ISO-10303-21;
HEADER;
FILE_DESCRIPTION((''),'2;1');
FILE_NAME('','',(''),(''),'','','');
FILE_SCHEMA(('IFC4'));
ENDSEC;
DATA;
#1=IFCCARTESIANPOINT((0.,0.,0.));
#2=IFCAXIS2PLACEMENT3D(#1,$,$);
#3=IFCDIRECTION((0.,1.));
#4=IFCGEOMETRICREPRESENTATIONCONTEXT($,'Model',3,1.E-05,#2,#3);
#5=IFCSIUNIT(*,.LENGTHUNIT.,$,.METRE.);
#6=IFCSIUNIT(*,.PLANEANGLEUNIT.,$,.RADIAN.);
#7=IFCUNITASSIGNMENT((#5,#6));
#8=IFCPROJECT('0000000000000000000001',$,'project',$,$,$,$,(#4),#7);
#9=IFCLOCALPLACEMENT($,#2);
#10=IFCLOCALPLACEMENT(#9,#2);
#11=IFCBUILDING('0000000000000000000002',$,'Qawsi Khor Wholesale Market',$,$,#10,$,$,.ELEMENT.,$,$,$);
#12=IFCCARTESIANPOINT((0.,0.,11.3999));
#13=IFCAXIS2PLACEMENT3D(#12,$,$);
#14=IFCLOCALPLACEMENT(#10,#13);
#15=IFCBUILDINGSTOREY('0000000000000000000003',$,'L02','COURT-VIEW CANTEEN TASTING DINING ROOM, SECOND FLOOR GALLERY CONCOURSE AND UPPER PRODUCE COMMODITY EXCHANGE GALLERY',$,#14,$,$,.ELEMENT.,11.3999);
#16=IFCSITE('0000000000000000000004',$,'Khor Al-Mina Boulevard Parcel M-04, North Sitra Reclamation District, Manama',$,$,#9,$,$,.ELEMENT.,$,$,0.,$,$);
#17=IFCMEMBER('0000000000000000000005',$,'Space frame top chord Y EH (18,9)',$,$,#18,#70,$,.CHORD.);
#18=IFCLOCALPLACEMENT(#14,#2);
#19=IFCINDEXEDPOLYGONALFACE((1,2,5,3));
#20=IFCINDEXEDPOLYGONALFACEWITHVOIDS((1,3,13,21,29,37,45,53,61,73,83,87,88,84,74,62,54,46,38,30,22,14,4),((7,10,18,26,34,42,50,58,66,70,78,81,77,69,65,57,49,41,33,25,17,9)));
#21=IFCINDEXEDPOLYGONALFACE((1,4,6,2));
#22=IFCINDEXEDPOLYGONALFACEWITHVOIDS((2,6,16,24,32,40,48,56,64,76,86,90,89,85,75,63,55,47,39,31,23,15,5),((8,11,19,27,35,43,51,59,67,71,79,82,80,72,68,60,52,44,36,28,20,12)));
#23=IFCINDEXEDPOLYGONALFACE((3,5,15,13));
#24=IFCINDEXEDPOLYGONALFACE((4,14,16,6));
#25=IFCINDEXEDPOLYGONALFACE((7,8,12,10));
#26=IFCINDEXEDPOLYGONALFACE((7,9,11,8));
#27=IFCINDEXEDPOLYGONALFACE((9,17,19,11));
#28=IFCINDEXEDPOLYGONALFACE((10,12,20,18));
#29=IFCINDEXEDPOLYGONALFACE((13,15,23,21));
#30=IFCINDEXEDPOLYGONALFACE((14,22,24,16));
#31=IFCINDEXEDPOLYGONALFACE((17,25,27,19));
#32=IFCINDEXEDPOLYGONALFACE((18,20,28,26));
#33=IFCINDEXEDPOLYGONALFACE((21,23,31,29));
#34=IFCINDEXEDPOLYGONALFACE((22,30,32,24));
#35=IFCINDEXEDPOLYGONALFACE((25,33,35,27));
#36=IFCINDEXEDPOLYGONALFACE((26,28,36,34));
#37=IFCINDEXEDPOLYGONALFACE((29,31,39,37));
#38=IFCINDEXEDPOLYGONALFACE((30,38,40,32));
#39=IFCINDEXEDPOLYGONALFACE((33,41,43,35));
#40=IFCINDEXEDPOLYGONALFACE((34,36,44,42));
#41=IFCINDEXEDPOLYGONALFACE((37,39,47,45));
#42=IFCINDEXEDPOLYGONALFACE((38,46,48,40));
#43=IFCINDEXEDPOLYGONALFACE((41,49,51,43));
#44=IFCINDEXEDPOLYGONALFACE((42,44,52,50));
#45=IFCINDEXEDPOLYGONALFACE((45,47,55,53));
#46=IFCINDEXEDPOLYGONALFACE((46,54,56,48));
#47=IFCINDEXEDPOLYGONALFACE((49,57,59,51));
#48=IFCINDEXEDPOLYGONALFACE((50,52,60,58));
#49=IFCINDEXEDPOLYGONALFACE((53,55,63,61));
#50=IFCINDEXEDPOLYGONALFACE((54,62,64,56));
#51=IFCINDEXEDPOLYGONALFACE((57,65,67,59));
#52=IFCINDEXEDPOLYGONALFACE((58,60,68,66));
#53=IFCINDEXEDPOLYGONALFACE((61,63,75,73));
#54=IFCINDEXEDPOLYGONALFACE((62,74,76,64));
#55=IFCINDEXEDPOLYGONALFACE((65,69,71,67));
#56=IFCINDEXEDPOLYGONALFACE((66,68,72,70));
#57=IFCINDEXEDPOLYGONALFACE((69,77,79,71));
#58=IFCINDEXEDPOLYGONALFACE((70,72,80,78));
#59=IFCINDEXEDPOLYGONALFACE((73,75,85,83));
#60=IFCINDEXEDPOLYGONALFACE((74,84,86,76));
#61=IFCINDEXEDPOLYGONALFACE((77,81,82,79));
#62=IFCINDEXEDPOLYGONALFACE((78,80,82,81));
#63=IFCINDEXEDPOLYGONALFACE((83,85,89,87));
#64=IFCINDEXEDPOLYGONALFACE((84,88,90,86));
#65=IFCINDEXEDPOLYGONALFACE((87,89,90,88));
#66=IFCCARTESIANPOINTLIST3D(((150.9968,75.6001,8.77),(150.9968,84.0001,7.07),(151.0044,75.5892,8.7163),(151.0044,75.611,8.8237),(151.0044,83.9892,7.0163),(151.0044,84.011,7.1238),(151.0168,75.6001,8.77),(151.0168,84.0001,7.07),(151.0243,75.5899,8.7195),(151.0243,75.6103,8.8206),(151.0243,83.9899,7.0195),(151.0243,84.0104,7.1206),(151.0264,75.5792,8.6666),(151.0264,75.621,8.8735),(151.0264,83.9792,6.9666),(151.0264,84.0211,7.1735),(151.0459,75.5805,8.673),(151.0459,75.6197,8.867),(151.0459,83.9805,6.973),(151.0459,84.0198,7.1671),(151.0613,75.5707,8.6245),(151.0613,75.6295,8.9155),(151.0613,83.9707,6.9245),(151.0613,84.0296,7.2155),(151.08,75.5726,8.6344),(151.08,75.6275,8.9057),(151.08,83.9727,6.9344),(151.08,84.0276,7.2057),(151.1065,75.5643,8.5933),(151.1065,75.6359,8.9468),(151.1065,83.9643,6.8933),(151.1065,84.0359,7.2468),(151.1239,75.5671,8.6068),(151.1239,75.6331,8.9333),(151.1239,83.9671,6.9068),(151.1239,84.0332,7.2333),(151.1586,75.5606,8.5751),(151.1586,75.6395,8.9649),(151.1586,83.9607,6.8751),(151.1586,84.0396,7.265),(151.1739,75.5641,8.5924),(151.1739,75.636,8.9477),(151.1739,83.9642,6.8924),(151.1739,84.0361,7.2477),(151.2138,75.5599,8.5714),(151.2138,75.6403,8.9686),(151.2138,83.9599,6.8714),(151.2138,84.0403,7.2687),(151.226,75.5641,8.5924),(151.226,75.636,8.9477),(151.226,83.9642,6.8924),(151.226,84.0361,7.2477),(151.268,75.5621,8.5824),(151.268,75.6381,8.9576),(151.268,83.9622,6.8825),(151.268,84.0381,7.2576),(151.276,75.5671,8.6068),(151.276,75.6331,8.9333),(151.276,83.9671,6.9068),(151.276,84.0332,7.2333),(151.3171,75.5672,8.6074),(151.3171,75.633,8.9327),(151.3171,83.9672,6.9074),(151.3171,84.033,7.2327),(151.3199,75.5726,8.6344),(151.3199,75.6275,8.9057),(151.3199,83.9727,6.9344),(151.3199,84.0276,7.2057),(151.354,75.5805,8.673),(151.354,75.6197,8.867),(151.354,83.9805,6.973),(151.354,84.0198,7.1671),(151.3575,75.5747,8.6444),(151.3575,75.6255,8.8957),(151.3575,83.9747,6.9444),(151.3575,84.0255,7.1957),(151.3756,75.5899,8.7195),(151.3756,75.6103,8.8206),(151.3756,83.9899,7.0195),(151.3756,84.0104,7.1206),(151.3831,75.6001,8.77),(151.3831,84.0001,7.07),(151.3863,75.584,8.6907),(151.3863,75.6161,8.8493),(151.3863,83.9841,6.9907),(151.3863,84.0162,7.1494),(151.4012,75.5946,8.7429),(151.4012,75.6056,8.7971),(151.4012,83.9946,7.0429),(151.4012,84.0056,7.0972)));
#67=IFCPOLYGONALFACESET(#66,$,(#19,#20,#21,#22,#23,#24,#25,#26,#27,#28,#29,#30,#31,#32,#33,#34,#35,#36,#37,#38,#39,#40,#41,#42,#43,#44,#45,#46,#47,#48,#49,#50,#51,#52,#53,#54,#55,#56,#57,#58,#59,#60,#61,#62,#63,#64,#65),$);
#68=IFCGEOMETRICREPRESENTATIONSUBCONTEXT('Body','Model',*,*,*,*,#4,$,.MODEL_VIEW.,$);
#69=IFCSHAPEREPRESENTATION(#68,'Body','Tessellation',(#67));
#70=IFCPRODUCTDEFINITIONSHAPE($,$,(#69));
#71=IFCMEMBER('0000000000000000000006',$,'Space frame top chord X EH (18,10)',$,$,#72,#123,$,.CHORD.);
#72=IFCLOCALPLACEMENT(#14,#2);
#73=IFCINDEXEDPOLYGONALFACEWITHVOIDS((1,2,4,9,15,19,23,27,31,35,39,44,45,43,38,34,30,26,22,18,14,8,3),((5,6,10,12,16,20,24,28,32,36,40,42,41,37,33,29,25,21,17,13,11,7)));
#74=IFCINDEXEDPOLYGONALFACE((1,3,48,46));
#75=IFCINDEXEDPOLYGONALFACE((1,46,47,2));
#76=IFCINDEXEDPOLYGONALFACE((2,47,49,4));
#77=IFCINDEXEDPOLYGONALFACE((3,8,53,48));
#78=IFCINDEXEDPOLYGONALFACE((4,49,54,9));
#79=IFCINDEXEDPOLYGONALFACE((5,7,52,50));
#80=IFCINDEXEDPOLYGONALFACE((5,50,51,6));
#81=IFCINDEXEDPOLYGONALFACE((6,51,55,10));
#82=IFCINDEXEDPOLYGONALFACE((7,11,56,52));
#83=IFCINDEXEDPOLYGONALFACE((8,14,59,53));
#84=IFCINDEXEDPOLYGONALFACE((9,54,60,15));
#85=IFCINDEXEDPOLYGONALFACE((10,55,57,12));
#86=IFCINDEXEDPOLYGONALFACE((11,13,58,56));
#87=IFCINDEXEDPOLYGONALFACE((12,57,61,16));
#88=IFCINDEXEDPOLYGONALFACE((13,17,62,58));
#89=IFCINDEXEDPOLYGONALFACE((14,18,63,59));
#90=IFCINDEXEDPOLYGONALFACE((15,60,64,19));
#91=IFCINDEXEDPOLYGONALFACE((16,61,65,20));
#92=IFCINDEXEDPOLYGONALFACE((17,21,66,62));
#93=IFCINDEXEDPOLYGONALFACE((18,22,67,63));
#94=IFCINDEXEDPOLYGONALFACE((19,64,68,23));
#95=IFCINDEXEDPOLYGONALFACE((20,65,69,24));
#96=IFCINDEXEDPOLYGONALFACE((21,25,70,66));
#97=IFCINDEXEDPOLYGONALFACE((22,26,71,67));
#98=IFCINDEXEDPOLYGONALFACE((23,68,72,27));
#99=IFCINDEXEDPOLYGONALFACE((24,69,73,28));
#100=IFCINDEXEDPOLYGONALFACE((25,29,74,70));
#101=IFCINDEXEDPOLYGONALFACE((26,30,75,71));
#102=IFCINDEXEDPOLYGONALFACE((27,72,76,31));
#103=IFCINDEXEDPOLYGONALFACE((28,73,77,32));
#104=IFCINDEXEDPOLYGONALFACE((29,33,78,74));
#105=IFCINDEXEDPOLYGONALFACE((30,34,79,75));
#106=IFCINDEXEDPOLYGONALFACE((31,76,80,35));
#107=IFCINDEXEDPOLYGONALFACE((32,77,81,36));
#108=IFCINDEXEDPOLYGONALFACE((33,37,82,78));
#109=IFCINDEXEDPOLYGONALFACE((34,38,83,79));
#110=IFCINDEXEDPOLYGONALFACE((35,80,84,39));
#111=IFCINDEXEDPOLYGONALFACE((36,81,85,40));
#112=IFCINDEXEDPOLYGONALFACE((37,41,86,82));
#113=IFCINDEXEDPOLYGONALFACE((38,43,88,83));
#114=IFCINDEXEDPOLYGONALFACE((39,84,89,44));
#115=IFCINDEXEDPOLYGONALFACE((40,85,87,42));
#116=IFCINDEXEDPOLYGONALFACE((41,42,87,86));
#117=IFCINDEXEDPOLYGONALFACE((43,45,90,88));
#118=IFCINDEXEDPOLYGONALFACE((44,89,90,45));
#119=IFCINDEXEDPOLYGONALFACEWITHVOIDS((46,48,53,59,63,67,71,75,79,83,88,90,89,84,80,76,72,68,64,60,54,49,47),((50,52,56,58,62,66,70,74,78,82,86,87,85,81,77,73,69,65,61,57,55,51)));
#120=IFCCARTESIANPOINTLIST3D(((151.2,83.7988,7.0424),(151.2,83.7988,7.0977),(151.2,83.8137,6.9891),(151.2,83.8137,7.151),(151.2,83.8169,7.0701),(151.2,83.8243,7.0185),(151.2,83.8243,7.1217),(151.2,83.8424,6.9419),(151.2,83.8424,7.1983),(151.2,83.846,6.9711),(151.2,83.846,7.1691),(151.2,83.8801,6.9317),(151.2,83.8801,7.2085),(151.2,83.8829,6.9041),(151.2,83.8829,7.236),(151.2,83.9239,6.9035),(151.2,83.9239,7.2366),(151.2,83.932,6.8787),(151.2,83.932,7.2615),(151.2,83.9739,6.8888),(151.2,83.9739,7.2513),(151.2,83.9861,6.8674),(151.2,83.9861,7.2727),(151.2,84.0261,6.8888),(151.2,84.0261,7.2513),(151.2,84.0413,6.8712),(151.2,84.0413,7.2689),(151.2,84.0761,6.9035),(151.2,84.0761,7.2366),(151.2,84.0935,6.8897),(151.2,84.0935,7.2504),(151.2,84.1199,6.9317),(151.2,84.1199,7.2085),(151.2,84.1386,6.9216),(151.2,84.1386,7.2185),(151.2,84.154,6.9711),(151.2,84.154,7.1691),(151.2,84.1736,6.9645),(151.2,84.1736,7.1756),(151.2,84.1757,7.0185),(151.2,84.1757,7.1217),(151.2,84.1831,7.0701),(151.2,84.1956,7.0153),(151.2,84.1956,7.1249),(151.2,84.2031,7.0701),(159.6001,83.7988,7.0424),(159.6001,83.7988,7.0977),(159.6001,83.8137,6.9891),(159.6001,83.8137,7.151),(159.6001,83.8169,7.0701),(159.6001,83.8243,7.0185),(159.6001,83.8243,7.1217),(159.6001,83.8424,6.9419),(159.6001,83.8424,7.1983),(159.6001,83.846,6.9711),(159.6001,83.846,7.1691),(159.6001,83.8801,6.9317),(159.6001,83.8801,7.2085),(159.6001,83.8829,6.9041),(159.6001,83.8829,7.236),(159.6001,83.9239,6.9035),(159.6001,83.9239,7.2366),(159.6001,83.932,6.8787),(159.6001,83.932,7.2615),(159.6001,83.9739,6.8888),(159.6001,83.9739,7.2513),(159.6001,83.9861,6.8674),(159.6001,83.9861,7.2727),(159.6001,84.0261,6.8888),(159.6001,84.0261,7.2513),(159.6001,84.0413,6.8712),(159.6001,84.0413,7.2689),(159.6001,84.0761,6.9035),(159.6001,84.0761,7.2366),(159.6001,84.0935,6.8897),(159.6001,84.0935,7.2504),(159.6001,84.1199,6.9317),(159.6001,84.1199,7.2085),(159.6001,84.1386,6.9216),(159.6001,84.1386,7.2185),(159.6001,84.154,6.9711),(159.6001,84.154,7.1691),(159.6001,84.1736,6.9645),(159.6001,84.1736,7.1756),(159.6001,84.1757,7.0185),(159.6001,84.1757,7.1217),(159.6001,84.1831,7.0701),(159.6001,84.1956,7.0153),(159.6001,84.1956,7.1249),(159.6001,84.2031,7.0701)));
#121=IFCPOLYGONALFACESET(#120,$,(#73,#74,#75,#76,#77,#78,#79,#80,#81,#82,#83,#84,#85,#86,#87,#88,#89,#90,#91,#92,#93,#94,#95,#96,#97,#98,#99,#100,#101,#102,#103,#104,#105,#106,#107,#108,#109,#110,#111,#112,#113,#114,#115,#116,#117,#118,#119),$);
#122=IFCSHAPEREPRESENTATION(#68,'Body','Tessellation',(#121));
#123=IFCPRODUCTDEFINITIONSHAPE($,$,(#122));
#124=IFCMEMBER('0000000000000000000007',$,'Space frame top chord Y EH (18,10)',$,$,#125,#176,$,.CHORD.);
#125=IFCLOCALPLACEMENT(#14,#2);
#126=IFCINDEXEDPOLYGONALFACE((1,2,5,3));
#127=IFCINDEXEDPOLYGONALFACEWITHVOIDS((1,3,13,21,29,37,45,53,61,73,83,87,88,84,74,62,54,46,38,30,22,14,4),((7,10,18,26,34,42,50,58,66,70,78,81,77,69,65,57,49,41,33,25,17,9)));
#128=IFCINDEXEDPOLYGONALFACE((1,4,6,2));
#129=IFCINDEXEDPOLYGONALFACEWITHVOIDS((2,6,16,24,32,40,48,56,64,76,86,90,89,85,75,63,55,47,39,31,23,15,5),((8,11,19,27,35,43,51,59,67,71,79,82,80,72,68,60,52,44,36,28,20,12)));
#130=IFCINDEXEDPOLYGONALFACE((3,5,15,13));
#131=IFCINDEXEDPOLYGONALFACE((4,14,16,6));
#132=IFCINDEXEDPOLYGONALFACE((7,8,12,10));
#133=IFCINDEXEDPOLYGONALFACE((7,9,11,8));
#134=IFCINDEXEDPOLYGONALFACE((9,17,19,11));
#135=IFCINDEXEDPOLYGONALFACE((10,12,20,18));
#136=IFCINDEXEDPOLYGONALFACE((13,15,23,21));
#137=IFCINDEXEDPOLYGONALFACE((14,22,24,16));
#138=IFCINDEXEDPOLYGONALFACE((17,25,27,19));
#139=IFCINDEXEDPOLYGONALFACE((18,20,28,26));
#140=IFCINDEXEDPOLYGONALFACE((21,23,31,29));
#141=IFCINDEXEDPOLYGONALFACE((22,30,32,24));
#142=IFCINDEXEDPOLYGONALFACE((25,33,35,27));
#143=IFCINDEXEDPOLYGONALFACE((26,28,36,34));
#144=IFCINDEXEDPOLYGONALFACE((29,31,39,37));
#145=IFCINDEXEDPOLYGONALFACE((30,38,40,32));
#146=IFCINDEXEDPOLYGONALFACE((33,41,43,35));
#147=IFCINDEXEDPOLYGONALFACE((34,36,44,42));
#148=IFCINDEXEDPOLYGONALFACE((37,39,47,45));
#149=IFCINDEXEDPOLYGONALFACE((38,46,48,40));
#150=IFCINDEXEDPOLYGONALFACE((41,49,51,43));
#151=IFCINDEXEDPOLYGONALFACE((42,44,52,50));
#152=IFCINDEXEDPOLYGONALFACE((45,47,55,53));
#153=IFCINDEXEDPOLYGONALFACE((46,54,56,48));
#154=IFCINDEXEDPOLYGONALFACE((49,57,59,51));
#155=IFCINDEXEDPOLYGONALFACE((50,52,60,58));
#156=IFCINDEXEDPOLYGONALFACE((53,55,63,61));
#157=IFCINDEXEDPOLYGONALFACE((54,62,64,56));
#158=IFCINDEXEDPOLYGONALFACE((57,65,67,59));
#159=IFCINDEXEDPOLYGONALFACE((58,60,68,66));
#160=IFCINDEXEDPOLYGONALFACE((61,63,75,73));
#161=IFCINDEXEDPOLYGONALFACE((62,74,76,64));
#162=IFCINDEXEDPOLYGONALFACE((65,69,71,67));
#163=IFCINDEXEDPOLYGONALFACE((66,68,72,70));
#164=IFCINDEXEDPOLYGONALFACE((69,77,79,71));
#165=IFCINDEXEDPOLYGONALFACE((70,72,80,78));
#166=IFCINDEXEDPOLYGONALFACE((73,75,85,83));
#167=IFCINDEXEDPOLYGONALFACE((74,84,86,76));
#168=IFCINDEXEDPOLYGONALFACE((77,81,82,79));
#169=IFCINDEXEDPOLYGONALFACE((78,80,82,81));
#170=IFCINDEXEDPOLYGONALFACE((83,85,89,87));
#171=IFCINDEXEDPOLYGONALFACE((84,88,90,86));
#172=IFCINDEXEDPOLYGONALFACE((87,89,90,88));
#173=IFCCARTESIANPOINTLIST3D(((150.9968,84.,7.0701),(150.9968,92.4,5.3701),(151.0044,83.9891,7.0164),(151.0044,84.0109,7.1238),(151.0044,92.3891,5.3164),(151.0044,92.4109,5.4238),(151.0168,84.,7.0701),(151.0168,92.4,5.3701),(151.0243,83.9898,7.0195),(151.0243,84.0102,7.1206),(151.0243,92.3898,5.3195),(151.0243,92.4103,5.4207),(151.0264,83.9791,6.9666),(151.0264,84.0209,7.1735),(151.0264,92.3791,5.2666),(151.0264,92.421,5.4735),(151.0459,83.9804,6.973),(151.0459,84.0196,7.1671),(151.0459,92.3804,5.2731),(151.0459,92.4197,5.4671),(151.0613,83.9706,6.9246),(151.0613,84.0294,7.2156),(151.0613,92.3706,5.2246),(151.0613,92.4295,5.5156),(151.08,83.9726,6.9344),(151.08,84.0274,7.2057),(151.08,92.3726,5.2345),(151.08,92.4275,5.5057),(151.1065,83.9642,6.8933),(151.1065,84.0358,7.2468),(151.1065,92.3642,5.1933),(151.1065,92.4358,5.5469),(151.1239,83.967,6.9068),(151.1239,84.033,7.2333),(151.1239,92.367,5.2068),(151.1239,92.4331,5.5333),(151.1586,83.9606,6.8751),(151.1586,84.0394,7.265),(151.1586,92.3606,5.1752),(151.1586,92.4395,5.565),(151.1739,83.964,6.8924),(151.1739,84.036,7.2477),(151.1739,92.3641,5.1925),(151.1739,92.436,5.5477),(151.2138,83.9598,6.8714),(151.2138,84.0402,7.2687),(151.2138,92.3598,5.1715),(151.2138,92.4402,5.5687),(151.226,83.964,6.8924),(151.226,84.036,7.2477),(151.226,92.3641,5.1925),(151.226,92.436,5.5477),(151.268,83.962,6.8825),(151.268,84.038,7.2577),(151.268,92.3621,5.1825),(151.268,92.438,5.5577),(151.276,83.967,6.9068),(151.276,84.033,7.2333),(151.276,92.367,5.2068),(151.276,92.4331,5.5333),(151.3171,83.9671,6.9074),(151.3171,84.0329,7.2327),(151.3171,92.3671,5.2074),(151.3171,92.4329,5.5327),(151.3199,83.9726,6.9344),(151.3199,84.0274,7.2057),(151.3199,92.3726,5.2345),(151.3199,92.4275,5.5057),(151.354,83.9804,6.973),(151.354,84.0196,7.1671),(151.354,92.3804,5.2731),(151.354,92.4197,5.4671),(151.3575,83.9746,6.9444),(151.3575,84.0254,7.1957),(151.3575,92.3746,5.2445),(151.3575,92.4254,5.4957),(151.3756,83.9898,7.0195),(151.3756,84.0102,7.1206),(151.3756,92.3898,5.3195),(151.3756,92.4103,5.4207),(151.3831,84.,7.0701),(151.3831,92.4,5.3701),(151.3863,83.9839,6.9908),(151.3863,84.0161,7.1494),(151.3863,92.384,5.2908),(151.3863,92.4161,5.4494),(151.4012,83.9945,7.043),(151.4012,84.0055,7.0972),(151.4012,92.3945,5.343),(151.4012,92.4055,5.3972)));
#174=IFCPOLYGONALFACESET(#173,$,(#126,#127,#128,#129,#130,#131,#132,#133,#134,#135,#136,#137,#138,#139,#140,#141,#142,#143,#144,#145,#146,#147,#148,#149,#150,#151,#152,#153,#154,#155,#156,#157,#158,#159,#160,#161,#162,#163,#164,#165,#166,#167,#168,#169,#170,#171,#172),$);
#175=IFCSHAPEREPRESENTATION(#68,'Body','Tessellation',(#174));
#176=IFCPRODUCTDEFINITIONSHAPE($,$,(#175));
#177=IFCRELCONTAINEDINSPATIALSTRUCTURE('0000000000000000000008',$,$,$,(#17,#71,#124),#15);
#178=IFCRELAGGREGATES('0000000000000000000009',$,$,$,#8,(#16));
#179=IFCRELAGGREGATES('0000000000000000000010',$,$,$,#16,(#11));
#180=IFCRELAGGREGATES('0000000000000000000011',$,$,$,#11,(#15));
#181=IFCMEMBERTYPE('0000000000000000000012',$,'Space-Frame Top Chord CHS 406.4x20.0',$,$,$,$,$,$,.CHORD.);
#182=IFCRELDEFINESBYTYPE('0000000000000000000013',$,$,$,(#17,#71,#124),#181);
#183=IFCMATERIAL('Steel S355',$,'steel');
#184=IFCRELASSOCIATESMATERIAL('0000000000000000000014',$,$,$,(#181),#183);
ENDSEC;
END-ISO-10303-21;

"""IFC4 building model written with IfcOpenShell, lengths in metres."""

from ifc_helpers import new_model, si_unit, direction, frame, origin, origin_2d, place, context, subcontext, project, spatial, hollow_circle, extrude, material, material_profile, profile_set, type_object, element, save


model = new_model("IFC4")

# Units and contexts
model_context = context("Model", 3, precision=1e-05, world=origin(), true_north=direction((0.0, 1.0)))
body_context = subcontext(model_context, "Body", "Model", "MODEL_VIEW")
ifc_project = project(units=[si_unit("LENGTHUNIT", "METRE"), si_unit("PLANEANGLEUNIT", "RADIAN")], contexts=[model_context])

# Site, building, storey
site_placement = place(None, origin())
site = spatial("IfcSite", under=ifc_project, at=site_placement, Name="Khor Al-Mina Boulevard Parcel M-04, North Sitra Reclamation District, Manama", CompositionType="ELEMENT", RefElevation=0.0)
building_placement = place(site_placement, origin())
building = spatial("IfcBuilding", under=site, at=building_placement, Name="Qawsi Khor Wholesale Market", CompositionType="ELEMENT")
storey_placement = place(building_placement, frame((0.0, 0.0, 11.3999)))
storey = spatial("IfcBuildingStorey", under=building, at=storey_placement, Name="L02", Description="COURT-VIEW CANTEEN TASTING DINING ROOM, SECOND FLOOR GALLERY CONCOURSE AND UPPER PRODUCE COMMODITY EXCHANGE GALLERY", CompositionType="ELEMENT", Elevation=11.3999)

# Members
ifc_material_1 = material(Name="Steel S355", Category="steel")
ifc_material_profile_1 = material_profile(ifc_material_1, hollow_circle(Radius=0.2031, WallThickness=0.02, at=origin_2d()), Name="CHS 406.4x20.0")
ifc_profile_set_1 = profile_set([ifc_material_profile_1], Name="Steel S355")
member_type_1 = type_object("IfcMemberType", Name="Space-Frame Top Chord CHS 406.4x20.0", PredefinedType="CHORD", material=ifc_profile_set_1)
member_1_placement = place(storey_placement, frame((151.2, 75.6001, 8.77), z_axis=(0.0, 0.98013, -0.198356), x_axis=(-1.0, 0.0, 0.0)))
element("IfcMember", 1, at=member_1_placement, inside=storey, type_object=member_type_1, Name="Space frame top chord Y EH (18,9)", PredefinedType="CHORD", context=body_context, shape_type="SweptSolid", body=[
    extrude(hollow_circle(Radius=0.2031, WallThickness=0.02, at=origin_2d()), origin(), (0.0, 0.0, 1.0), 8.5703),
])
member_2_placement = place(storey_placement, frame((151.2, 84.0, 7.0701), z_axis=(1.0, 0.0, 0.0), x_axis=(0.0, 1.0, 0.0)))
element("IfcMember", 2, at=member_2_placement, inside=storey, type_object=member_type_1, Name="Space frame top chord X EH (18,10)", PredefinedType="CHORD", context=body_context, shape_type="SweptSolid", body=[
    extrude(hollow_circle(Radius=0.2031, WallThickness=0.02, at=origin_2d()), origin(), (0.0, 0.0, 1.0), 8.4001),
])
member_3_placement = place(storey_placement, frame((151.2, 84.0, 7.0701), z_axis=(0.0, 0.98013, -0.198356), x_axis=(-1.0, 0.0, 0.0)))
element("IfcMember", 3, at=member_3_placement, inside=storey, type_object=member_type_1, Name="Space frame top chord Y EH (18,10)", PredefinedType="CHORD", context=body_context, shape_type="SweptSolid", body=[
    extrude(hollow_circle(Radius=0.2031, WallThickness=0.02, at=origin_2d()), origin(), (0.0, 0.0, 1.0), 8.5703),
])

save(model, "model.ifc")
